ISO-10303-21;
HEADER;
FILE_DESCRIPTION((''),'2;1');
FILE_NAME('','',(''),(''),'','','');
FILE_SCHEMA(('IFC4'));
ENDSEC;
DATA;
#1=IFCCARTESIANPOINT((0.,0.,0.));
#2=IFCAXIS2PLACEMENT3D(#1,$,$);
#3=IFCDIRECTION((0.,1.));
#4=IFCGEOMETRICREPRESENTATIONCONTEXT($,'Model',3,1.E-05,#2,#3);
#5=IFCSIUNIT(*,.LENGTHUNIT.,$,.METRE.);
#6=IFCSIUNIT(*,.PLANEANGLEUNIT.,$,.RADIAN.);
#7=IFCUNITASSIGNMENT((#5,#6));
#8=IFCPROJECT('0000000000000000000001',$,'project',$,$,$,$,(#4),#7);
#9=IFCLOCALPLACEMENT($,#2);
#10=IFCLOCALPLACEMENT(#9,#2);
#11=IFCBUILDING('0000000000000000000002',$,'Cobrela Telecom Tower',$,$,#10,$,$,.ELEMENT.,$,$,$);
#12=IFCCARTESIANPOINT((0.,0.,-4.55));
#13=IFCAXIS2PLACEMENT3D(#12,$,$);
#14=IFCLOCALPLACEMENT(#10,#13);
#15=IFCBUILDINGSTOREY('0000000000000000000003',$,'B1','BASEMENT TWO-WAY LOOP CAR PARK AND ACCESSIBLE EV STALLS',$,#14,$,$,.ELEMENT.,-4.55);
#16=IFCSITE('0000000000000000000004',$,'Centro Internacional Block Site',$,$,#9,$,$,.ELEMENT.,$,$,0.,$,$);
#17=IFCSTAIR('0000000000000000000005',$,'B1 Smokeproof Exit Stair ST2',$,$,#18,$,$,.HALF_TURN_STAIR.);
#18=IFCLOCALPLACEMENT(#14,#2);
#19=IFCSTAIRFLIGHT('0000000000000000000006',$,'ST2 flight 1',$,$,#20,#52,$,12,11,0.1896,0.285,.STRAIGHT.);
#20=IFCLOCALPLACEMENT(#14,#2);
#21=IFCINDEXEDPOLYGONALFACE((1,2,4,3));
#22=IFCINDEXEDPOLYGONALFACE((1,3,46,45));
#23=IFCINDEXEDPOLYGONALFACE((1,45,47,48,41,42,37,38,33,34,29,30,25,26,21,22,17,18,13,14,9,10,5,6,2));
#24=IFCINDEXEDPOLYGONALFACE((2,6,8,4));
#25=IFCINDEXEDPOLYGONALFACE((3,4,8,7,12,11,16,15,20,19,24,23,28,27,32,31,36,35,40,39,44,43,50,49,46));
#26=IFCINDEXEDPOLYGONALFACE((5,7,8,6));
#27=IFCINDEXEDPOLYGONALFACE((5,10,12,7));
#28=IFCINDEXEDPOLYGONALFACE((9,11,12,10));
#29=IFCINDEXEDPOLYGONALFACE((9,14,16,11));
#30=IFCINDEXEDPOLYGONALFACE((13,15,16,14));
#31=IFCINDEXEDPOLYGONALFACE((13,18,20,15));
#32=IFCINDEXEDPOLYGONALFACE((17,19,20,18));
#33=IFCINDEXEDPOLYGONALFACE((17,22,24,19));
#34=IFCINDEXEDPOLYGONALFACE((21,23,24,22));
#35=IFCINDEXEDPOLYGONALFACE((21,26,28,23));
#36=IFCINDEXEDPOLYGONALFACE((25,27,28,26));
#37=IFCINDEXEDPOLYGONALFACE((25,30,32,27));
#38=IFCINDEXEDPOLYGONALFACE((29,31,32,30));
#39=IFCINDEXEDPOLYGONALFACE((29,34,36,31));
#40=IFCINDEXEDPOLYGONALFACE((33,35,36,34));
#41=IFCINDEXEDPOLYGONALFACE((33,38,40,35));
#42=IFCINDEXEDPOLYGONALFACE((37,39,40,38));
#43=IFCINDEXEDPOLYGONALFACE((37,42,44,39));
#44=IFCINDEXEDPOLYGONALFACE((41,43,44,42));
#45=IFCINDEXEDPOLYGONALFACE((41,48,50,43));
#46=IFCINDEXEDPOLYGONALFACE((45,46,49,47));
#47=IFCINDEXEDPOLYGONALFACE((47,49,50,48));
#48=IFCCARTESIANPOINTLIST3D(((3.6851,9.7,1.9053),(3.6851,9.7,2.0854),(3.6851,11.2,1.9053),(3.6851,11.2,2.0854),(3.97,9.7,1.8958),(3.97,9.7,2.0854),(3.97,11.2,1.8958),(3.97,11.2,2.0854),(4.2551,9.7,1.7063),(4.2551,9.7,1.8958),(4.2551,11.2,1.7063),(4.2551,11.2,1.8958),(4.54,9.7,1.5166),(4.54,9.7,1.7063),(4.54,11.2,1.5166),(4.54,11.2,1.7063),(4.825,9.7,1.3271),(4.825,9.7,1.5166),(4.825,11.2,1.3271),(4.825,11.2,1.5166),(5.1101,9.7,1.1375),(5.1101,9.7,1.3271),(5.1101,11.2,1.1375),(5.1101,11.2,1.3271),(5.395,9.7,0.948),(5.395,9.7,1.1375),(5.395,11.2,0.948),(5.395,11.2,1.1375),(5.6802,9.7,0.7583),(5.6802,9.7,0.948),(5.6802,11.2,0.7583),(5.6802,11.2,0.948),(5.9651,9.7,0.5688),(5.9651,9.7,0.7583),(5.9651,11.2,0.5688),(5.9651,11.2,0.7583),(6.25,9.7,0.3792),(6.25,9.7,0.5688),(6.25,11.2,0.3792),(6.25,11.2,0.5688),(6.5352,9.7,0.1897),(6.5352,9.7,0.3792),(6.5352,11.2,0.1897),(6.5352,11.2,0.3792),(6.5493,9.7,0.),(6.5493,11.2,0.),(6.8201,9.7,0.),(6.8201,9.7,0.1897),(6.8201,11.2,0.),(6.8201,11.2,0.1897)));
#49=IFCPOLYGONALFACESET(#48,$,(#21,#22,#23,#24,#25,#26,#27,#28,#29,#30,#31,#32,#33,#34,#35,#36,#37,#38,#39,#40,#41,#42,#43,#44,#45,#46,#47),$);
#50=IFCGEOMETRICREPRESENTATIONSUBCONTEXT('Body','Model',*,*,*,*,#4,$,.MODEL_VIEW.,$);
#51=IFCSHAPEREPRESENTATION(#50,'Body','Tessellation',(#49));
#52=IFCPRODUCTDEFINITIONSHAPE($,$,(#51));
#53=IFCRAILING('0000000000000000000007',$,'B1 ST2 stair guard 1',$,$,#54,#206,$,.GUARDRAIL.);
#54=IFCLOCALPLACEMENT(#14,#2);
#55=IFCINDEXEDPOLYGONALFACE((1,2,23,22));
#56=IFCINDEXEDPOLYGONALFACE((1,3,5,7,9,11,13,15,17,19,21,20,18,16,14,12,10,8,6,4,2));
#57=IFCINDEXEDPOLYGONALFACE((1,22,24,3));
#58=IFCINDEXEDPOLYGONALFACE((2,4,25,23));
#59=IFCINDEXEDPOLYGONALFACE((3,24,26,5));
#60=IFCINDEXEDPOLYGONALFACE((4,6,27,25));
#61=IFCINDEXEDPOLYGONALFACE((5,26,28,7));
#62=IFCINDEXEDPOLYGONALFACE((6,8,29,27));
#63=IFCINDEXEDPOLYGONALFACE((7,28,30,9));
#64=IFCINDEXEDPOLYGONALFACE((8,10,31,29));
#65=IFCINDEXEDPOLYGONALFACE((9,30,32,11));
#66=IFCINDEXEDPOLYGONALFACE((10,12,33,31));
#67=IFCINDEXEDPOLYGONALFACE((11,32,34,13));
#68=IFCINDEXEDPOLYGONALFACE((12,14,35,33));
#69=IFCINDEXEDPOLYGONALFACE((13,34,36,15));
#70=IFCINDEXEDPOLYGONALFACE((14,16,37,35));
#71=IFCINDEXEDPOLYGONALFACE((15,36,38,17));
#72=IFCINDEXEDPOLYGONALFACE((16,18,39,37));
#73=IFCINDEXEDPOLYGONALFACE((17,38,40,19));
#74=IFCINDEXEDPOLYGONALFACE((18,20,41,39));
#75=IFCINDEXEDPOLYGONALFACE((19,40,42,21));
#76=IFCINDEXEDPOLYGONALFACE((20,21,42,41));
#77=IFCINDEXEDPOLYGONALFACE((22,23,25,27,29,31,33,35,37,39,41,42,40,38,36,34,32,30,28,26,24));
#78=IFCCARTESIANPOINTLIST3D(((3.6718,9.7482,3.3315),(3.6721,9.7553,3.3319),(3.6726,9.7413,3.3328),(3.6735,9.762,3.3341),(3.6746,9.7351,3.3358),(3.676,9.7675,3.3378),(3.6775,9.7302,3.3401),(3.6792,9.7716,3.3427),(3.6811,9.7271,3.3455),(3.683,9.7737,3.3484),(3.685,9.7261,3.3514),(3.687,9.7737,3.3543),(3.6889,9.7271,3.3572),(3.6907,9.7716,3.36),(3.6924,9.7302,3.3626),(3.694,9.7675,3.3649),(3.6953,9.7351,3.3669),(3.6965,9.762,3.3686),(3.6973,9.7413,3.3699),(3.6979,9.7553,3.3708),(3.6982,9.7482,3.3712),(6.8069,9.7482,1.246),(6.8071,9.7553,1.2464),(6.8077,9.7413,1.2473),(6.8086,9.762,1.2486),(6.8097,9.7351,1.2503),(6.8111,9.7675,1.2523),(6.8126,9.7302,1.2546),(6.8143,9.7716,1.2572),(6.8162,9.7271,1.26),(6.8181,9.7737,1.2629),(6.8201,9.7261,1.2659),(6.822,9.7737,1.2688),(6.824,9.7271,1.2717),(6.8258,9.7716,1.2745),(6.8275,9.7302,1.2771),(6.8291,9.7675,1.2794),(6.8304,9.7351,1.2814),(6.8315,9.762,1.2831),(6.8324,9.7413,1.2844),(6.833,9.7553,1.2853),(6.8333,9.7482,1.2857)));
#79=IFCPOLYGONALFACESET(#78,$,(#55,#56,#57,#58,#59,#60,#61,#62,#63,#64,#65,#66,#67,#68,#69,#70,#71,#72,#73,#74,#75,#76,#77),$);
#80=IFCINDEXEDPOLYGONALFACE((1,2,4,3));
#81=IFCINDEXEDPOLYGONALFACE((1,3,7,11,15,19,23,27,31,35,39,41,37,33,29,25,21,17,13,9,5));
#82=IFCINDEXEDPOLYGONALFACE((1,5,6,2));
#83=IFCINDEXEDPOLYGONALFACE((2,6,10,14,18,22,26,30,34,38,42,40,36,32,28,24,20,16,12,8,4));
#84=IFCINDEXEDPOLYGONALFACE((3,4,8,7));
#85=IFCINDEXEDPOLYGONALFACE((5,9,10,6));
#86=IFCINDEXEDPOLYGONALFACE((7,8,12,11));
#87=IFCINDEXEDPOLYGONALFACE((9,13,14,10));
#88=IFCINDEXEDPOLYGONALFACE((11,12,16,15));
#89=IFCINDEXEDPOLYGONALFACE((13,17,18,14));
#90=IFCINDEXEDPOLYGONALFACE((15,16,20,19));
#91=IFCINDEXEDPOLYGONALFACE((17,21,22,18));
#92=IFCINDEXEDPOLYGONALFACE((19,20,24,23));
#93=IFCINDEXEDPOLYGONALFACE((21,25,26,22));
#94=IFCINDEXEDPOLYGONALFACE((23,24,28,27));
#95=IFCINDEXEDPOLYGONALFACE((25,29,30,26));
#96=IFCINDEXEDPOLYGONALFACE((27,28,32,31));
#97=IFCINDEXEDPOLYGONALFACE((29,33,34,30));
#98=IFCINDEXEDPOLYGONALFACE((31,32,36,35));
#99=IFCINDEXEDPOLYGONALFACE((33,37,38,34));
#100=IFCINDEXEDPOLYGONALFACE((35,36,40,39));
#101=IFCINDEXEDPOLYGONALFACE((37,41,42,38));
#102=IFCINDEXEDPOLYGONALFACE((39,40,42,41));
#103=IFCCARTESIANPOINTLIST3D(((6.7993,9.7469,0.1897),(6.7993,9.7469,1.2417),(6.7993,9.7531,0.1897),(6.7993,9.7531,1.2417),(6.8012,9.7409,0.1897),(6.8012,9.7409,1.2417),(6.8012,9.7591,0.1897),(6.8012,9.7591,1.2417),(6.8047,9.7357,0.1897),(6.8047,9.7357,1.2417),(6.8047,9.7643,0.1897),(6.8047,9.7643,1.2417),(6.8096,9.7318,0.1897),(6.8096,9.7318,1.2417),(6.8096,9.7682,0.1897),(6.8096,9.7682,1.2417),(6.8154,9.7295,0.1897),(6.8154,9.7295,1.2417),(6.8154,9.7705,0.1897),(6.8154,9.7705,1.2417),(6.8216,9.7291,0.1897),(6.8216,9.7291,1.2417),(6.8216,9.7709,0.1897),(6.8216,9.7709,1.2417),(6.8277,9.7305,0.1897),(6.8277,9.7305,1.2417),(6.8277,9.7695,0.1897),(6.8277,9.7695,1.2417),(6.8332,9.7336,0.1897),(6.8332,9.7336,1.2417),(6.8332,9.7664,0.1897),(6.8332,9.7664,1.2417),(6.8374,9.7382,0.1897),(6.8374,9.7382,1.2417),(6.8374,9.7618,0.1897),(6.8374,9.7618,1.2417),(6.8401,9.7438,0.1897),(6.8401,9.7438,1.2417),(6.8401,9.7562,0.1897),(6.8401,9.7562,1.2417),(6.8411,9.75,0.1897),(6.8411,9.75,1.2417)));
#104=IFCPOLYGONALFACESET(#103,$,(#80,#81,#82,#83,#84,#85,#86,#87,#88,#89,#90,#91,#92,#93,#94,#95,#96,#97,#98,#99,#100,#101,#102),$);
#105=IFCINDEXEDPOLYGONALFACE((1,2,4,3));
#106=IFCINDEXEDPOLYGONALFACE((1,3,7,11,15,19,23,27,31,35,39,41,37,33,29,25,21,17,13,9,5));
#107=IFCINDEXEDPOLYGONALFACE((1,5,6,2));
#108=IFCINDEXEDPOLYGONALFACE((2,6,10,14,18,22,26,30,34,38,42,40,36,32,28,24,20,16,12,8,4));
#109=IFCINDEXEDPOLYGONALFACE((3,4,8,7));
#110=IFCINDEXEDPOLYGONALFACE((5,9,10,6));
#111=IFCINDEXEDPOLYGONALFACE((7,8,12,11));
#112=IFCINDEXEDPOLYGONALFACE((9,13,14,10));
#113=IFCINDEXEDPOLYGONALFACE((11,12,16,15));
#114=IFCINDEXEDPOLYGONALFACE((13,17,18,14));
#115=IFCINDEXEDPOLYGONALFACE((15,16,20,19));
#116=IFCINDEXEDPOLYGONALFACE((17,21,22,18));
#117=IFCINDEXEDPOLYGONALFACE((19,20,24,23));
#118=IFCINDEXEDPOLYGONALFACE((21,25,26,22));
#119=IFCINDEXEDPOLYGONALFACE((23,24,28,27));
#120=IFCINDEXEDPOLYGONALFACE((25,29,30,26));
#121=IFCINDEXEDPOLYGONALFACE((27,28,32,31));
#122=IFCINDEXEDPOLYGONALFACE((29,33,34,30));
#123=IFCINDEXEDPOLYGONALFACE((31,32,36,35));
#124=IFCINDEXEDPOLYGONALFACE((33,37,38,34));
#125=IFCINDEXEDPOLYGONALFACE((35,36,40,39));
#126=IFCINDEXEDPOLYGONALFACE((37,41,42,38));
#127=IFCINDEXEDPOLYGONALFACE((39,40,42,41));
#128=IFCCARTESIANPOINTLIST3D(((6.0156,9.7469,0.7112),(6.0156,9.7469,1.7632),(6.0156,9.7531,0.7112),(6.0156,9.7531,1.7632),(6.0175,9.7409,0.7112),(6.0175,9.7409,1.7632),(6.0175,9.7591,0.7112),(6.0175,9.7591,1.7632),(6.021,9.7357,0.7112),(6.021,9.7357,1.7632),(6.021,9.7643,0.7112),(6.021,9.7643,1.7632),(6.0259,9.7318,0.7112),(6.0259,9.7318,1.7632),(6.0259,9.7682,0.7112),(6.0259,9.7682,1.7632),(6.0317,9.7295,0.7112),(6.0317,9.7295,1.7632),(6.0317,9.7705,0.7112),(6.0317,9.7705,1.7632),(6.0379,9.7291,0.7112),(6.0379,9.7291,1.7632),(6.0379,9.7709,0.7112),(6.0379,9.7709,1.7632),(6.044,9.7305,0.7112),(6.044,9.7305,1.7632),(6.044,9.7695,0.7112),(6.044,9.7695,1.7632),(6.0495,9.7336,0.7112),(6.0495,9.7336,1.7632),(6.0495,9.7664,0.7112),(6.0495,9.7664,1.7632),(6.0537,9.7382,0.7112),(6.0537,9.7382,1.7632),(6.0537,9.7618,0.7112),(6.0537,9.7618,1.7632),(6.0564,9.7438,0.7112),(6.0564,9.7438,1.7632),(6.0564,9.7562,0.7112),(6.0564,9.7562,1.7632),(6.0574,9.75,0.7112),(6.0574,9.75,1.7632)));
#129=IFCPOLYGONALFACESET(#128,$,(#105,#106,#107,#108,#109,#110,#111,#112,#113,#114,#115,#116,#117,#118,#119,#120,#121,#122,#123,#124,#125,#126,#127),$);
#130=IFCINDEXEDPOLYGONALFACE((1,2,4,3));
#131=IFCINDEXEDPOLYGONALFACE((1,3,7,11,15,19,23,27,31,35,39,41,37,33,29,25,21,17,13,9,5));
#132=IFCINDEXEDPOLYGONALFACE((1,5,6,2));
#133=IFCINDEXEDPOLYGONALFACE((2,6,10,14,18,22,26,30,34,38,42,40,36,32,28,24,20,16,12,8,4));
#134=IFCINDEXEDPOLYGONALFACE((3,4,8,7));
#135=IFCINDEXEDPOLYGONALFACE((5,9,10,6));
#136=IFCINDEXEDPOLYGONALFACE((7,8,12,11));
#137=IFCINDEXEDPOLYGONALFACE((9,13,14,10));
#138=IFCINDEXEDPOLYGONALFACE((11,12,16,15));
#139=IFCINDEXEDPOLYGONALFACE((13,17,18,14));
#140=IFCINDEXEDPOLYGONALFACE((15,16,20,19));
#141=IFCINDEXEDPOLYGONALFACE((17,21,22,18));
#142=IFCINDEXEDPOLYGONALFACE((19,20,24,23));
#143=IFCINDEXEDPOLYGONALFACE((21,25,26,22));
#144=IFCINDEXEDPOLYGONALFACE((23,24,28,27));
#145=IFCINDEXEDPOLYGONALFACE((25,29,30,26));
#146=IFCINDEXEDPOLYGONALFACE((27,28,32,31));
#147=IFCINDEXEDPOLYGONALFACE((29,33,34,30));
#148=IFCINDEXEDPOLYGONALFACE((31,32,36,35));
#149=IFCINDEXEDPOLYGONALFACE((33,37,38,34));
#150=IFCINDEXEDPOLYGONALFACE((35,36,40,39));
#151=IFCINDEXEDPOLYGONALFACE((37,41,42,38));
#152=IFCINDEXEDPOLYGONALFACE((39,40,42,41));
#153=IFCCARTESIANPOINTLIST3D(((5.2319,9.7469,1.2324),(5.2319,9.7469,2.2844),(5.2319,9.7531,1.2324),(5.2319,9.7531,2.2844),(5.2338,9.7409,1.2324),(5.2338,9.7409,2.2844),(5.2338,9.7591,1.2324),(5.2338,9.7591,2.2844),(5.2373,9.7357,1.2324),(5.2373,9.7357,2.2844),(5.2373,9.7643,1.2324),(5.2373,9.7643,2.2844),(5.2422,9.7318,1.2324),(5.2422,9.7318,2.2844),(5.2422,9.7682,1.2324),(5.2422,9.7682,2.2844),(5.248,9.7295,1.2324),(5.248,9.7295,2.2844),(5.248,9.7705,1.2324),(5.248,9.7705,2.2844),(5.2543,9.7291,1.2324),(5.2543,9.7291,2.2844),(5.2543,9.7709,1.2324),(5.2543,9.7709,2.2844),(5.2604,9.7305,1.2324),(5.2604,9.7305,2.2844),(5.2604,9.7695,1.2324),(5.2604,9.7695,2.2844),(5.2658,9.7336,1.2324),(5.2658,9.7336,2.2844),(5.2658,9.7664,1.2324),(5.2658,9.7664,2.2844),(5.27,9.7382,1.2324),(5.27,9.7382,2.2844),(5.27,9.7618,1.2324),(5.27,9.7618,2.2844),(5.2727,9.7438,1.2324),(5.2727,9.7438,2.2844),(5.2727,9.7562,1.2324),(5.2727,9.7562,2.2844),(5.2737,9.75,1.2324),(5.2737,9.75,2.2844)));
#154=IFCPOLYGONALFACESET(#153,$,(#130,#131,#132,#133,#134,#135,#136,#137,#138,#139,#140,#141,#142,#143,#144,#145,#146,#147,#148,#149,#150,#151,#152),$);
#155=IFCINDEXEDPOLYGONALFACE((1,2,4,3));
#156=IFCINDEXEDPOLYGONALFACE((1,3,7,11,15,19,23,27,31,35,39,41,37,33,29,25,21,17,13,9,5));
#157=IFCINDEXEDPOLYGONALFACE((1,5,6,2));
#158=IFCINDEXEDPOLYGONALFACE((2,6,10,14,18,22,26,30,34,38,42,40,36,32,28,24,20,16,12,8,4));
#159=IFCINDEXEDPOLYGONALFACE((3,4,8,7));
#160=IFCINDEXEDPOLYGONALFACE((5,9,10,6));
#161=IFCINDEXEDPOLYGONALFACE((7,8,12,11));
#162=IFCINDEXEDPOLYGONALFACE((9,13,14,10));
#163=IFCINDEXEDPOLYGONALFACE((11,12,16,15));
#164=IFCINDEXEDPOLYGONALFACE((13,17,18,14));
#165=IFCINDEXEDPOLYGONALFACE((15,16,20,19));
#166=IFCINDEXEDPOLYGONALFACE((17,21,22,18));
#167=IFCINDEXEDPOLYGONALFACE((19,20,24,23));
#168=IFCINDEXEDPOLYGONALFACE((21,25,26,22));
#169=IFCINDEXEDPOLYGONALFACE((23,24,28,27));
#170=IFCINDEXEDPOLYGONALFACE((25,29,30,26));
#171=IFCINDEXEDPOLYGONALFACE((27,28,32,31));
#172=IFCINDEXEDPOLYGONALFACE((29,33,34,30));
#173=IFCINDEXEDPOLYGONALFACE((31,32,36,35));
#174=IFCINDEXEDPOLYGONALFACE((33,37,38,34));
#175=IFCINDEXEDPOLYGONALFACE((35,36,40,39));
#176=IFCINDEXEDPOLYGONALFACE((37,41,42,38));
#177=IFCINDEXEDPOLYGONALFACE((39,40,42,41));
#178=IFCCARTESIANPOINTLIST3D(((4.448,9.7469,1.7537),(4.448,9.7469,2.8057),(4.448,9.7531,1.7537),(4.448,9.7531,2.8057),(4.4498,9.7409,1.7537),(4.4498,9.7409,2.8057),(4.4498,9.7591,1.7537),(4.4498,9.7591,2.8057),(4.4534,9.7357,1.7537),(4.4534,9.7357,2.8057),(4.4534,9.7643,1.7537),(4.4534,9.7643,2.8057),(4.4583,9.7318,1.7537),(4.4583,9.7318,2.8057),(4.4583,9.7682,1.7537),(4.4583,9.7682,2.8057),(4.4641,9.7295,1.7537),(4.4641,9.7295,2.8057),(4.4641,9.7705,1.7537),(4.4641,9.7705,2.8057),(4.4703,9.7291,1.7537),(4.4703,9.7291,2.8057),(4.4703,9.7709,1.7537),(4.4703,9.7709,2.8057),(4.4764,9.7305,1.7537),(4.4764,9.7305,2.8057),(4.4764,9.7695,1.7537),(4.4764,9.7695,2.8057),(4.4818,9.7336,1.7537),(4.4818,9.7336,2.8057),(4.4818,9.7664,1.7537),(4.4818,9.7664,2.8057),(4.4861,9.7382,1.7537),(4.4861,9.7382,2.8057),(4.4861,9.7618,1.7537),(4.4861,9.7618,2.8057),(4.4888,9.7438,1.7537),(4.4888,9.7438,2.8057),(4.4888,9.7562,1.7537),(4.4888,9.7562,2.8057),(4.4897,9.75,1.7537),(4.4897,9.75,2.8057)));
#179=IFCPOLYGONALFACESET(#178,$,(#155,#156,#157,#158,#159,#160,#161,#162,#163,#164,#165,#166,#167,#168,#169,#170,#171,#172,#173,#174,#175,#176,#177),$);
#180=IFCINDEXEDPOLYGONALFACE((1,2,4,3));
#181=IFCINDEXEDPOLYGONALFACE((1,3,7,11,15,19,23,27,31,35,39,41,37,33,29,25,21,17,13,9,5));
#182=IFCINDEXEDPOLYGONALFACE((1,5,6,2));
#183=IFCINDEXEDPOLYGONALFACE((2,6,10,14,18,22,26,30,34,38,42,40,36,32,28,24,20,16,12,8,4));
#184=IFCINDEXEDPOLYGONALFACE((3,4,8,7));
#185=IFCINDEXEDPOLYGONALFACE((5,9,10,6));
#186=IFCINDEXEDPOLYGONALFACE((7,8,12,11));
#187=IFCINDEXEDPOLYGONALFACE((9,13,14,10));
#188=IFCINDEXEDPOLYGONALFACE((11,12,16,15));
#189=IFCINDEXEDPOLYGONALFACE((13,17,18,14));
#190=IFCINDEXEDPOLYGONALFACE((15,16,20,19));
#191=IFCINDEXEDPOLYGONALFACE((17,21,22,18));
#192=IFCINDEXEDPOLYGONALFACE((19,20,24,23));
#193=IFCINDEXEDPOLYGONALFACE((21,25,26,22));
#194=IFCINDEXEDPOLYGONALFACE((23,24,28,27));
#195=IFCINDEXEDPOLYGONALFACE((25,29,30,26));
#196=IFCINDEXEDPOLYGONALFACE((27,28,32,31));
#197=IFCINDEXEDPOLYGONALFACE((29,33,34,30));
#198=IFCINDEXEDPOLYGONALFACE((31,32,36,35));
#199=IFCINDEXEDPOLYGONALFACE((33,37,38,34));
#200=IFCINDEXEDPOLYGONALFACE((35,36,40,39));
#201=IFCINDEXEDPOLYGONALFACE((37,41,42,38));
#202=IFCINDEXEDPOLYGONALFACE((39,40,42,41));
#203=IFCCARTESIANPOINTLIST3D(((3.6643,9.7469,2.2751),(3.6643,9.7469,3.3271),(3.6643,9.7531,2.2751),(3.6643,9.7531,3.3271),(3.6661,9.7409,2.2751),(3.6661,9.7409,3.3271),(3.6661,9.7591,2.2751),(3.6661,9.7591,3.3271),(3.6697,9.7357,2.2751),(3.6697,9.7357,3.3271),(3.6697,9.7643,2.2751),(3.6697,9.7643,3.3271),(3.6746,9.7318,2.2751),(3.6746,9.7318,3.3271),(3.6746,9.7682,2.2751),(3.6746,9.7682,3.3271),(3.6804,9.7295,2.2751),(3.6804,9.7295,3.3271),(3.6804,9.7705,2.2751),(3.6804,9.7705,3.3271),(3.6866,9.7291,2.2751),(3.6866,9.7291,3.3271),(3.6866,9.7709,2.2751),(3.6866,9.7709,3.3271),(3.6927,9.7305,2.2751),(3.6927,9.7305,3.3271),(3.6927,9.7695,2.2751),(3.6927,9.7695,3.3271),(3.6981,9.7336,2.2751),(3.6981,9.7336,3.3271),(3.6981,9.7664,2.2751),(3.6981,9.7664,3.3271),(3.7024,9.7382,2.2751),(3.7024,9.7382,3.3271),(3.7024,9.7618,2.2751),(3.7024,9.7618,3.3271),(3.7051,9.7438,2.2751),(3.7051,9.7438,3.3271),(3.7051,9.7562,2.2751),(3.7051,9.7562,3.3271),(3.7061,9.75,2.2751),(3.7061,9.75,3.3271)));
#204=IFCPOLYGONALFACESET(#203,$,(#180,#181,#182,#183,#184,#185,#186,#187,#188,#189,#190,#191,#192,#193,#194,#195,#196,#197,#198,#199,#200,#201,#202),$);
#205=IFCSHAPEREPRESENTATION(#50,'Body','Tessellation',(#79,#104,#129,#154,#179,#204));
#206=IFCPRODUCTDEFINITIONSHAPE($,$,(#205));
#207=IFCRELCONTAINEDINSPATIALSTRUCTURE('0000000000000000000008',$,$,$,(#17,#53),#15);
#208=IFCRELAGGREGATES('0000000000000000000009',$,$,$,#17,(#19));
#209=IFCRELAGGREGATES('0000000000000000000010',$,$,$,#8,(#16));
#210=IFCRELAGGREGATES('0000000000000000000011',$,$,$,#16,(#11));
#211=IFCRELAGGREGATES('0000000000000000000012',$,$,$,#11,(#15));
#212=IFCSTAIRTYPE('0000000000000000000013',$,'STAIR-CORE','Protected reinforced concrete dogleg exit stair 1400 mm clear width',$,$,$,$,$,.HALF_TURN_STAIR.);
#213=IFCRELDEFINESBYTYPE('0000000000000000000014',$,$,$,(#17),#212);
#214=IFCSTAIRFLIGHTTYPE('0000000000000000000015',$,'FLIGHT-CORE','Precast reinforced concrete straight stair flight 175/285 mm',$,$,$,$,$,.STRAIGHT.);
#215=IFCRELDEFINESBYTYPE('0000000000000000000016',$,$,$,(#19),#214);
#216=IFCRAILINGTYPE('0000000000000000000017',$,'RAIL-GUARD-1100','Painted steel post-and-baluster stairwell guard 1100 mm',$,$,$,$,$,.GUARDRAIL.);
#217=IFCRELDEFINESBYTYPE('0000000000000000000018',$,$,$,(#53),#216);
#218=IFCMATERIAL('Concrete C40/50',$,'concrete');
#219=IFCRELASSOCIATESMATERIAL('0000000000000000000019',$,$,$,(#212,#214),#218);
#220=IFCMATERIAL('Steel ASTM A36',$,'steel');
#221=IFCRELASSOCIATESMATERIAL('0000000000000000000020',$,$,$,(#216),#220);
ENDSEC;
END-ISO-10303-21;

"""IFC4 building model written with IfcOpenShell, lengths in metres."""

from ifc_helpers import new_model, si_unit, direction, frame, origin, origin_2d, place, context, subcontext, project, spatial, polyline, circle, outline, extrude, material, type_object, element, aggregate, save


model = new_model("IFC4")

# Units and contexts
model_context = context("Model", 3, precision=1e-05, world=origin(), true_north=direction((0.0, 1.0)))
body_context = subcontext(model_context, "Body", "Model", "MODEL_VIEW")
ifc_project = project(units=[si_unit("LENGTHUNIT", "METRE"), si_unit("PLANEANGLEUNIT", "RADIAN")], contexts=[model_context])

# Site, building, storey
site_placement = place(None, origin())
site = spatial("IfcSite", under=ifc_project, at=site_placement, Name="Centro Internacional Block Site", CompositionType="ELEMENT", RefElevation=0.0)
building_placement = place(site_placement, origin())
building = spatial("IfcBuilding", under=site, at=building_placement, Name="Cobrela Telecom Tower", CompositionType="ELEMENT")
storey_placement = place(building_placement, frame((0.0, 0.0, -4.55)))
storey = spatial("IfcBuildingStorey", under=building, at=storey_placement, Name="B1", Description="BASEMENT TWO-WAY LOOP CAR PARK AND ACCESSIBLE EV STALLS", CompositionType="ELEMENT", Elevation=-4.55)

# Shared definitions
ifc_material_1 = material(Name="Steel ASTM A36", Category="steel")

# Shared definitions
ifc_material_2 = material(Name="Concrete C40/50", Category="concrete")

# Stair, stair flight
stair_type = type_object("IfcStairType", Name="STAIR-CORE", Description="Protected reinforced concrete dogleg exit stair 1400 mm clear width", PredefinedType="HALF_TURN_STAIR", material=ifc_material_2)
stair_placement = place(storey_placement, origin())
stair = element("IfcStair", 1, at=stair_placement, inside=storey, type_object=stair_type, Name="B1 Smokeproof Exit Stair ST2", PredefinedType="HALF_TURN_STAIR")
stair_flight_type = type_object("IfcStairFlightType", Name="FLIGHT-CORE", Description="Precast reinforced concrete straight stair flight 175/285 mm", PredefinedType="STRAIGHT", material=ifc_material_2)
stair_flight_placement = place(storey_placement, frame((6.8201, 10.45, 0.0), z_axis=(0.0, 0.0, 1.0), x_axis=(-1.0, 0.0, 0.0)))
stair_flight = element("IfcStairFlight", 2, at=stair_flight_placement, type_object=stair_flight_type, Name="ST2 flight 1", NumberOfRisers=12, NumberOfTreads=11, PredefinedType="STRAIGHT", RiserHeight=0.1896, TreadLength=0.285, context=body_context, shape_type="SweptSolid", body=[
    extrude(outline(polyline([(0.0, 0.0), (0.0, 0.1897), (0.2849, 0.1897), (0.2849, 0.3792), (0.5701, 0.3792), (0.5701, 0.5688), (0.855, 0.5688), (0.855, 0.7583), (1.1399, 0.7583), (1.1399, 0.948), (1.425, 0.948), (1.425, 1.1375), (1.71, 1.1375), (1.71, 1.3271), (1.9951, 1.3271), (1.9951, 1.5166), (2.28, 1.5166), (2.28, 1.7063), (2.5649, 1.7063), (2.5649, 1.8958), (2.8501, 1.8958), (2.8501, 2.0854), (3.135, 2.0854), (3.135, 2.2749), (3.135, 1.9053), (0.2708, 0.0), (0.0, 0.0)])), frame((0.0, 0.75, 0.0), z_axis=(0.0, -1.0, 0.0), x_axis=(1.0, 0.0, 0.0)), (0.0, 0.0, 1.0), 1.5),
])
aggregate(stair, [stair_flight])

# Railing
railing_type_1 = type_object("IfcRailingType", Name="RAIL-GUARD-1100", Description="Painted steel post-and-baluster stairwell guard 1100 mm", PredefinedType="GUARDRAIL", material=ifc_material_1)
railing_1_placement = place(storey_placement, frame((6.8201, 9.75, 0.1897)))
element("IfcRailing", 3, at=railing_1_placement, inside=storey, type_object=railing_type_1, Name="B1 ST2 stair guard 1", PredefinedType="GUARDRAIL", context=body_context, shape_type="SweptSolid", body=[
    extrude(circle(Radius=0.0239, at=origin_2d()), frame((0.0, 0.0, 1.0762), z_axis=(-0.832608, 0.0, 0.553862), x_axis=(0.0, -1.0, 0.0)), (0.0, 0.0, 1.0), 3.7654),
    extrude(circle(Radius=0.021, at=origin_2d()), origin(), (0.0, 0.0, 1.0), 1.052),
    extrude(circle(Radius=0.021, at=origin_2d()), frame((-0.7837, 0.0, 0.5215)), (0.0, 0.0, 1.0), 1.052),
    extrude(circle(Radius=0.021, at=origin_2d()), frame((-1.5674, 0.0, 1.0427)), (0.0, 0.0, 1.0), 1.052),
    extrude(circle(Radius=0.021, at=origin_2d()), frame((-2.3513, 0.0, 1.564)), (0.0, 0.0, 1.0), 1.052),
    extrude(circle(Radius=0.021, at=origin_2d()), frame((-3.135, 0.0, 2.0854)), (0.0, 0.0, 1.0), 1.052),
])

save(model, "model.ifc")
